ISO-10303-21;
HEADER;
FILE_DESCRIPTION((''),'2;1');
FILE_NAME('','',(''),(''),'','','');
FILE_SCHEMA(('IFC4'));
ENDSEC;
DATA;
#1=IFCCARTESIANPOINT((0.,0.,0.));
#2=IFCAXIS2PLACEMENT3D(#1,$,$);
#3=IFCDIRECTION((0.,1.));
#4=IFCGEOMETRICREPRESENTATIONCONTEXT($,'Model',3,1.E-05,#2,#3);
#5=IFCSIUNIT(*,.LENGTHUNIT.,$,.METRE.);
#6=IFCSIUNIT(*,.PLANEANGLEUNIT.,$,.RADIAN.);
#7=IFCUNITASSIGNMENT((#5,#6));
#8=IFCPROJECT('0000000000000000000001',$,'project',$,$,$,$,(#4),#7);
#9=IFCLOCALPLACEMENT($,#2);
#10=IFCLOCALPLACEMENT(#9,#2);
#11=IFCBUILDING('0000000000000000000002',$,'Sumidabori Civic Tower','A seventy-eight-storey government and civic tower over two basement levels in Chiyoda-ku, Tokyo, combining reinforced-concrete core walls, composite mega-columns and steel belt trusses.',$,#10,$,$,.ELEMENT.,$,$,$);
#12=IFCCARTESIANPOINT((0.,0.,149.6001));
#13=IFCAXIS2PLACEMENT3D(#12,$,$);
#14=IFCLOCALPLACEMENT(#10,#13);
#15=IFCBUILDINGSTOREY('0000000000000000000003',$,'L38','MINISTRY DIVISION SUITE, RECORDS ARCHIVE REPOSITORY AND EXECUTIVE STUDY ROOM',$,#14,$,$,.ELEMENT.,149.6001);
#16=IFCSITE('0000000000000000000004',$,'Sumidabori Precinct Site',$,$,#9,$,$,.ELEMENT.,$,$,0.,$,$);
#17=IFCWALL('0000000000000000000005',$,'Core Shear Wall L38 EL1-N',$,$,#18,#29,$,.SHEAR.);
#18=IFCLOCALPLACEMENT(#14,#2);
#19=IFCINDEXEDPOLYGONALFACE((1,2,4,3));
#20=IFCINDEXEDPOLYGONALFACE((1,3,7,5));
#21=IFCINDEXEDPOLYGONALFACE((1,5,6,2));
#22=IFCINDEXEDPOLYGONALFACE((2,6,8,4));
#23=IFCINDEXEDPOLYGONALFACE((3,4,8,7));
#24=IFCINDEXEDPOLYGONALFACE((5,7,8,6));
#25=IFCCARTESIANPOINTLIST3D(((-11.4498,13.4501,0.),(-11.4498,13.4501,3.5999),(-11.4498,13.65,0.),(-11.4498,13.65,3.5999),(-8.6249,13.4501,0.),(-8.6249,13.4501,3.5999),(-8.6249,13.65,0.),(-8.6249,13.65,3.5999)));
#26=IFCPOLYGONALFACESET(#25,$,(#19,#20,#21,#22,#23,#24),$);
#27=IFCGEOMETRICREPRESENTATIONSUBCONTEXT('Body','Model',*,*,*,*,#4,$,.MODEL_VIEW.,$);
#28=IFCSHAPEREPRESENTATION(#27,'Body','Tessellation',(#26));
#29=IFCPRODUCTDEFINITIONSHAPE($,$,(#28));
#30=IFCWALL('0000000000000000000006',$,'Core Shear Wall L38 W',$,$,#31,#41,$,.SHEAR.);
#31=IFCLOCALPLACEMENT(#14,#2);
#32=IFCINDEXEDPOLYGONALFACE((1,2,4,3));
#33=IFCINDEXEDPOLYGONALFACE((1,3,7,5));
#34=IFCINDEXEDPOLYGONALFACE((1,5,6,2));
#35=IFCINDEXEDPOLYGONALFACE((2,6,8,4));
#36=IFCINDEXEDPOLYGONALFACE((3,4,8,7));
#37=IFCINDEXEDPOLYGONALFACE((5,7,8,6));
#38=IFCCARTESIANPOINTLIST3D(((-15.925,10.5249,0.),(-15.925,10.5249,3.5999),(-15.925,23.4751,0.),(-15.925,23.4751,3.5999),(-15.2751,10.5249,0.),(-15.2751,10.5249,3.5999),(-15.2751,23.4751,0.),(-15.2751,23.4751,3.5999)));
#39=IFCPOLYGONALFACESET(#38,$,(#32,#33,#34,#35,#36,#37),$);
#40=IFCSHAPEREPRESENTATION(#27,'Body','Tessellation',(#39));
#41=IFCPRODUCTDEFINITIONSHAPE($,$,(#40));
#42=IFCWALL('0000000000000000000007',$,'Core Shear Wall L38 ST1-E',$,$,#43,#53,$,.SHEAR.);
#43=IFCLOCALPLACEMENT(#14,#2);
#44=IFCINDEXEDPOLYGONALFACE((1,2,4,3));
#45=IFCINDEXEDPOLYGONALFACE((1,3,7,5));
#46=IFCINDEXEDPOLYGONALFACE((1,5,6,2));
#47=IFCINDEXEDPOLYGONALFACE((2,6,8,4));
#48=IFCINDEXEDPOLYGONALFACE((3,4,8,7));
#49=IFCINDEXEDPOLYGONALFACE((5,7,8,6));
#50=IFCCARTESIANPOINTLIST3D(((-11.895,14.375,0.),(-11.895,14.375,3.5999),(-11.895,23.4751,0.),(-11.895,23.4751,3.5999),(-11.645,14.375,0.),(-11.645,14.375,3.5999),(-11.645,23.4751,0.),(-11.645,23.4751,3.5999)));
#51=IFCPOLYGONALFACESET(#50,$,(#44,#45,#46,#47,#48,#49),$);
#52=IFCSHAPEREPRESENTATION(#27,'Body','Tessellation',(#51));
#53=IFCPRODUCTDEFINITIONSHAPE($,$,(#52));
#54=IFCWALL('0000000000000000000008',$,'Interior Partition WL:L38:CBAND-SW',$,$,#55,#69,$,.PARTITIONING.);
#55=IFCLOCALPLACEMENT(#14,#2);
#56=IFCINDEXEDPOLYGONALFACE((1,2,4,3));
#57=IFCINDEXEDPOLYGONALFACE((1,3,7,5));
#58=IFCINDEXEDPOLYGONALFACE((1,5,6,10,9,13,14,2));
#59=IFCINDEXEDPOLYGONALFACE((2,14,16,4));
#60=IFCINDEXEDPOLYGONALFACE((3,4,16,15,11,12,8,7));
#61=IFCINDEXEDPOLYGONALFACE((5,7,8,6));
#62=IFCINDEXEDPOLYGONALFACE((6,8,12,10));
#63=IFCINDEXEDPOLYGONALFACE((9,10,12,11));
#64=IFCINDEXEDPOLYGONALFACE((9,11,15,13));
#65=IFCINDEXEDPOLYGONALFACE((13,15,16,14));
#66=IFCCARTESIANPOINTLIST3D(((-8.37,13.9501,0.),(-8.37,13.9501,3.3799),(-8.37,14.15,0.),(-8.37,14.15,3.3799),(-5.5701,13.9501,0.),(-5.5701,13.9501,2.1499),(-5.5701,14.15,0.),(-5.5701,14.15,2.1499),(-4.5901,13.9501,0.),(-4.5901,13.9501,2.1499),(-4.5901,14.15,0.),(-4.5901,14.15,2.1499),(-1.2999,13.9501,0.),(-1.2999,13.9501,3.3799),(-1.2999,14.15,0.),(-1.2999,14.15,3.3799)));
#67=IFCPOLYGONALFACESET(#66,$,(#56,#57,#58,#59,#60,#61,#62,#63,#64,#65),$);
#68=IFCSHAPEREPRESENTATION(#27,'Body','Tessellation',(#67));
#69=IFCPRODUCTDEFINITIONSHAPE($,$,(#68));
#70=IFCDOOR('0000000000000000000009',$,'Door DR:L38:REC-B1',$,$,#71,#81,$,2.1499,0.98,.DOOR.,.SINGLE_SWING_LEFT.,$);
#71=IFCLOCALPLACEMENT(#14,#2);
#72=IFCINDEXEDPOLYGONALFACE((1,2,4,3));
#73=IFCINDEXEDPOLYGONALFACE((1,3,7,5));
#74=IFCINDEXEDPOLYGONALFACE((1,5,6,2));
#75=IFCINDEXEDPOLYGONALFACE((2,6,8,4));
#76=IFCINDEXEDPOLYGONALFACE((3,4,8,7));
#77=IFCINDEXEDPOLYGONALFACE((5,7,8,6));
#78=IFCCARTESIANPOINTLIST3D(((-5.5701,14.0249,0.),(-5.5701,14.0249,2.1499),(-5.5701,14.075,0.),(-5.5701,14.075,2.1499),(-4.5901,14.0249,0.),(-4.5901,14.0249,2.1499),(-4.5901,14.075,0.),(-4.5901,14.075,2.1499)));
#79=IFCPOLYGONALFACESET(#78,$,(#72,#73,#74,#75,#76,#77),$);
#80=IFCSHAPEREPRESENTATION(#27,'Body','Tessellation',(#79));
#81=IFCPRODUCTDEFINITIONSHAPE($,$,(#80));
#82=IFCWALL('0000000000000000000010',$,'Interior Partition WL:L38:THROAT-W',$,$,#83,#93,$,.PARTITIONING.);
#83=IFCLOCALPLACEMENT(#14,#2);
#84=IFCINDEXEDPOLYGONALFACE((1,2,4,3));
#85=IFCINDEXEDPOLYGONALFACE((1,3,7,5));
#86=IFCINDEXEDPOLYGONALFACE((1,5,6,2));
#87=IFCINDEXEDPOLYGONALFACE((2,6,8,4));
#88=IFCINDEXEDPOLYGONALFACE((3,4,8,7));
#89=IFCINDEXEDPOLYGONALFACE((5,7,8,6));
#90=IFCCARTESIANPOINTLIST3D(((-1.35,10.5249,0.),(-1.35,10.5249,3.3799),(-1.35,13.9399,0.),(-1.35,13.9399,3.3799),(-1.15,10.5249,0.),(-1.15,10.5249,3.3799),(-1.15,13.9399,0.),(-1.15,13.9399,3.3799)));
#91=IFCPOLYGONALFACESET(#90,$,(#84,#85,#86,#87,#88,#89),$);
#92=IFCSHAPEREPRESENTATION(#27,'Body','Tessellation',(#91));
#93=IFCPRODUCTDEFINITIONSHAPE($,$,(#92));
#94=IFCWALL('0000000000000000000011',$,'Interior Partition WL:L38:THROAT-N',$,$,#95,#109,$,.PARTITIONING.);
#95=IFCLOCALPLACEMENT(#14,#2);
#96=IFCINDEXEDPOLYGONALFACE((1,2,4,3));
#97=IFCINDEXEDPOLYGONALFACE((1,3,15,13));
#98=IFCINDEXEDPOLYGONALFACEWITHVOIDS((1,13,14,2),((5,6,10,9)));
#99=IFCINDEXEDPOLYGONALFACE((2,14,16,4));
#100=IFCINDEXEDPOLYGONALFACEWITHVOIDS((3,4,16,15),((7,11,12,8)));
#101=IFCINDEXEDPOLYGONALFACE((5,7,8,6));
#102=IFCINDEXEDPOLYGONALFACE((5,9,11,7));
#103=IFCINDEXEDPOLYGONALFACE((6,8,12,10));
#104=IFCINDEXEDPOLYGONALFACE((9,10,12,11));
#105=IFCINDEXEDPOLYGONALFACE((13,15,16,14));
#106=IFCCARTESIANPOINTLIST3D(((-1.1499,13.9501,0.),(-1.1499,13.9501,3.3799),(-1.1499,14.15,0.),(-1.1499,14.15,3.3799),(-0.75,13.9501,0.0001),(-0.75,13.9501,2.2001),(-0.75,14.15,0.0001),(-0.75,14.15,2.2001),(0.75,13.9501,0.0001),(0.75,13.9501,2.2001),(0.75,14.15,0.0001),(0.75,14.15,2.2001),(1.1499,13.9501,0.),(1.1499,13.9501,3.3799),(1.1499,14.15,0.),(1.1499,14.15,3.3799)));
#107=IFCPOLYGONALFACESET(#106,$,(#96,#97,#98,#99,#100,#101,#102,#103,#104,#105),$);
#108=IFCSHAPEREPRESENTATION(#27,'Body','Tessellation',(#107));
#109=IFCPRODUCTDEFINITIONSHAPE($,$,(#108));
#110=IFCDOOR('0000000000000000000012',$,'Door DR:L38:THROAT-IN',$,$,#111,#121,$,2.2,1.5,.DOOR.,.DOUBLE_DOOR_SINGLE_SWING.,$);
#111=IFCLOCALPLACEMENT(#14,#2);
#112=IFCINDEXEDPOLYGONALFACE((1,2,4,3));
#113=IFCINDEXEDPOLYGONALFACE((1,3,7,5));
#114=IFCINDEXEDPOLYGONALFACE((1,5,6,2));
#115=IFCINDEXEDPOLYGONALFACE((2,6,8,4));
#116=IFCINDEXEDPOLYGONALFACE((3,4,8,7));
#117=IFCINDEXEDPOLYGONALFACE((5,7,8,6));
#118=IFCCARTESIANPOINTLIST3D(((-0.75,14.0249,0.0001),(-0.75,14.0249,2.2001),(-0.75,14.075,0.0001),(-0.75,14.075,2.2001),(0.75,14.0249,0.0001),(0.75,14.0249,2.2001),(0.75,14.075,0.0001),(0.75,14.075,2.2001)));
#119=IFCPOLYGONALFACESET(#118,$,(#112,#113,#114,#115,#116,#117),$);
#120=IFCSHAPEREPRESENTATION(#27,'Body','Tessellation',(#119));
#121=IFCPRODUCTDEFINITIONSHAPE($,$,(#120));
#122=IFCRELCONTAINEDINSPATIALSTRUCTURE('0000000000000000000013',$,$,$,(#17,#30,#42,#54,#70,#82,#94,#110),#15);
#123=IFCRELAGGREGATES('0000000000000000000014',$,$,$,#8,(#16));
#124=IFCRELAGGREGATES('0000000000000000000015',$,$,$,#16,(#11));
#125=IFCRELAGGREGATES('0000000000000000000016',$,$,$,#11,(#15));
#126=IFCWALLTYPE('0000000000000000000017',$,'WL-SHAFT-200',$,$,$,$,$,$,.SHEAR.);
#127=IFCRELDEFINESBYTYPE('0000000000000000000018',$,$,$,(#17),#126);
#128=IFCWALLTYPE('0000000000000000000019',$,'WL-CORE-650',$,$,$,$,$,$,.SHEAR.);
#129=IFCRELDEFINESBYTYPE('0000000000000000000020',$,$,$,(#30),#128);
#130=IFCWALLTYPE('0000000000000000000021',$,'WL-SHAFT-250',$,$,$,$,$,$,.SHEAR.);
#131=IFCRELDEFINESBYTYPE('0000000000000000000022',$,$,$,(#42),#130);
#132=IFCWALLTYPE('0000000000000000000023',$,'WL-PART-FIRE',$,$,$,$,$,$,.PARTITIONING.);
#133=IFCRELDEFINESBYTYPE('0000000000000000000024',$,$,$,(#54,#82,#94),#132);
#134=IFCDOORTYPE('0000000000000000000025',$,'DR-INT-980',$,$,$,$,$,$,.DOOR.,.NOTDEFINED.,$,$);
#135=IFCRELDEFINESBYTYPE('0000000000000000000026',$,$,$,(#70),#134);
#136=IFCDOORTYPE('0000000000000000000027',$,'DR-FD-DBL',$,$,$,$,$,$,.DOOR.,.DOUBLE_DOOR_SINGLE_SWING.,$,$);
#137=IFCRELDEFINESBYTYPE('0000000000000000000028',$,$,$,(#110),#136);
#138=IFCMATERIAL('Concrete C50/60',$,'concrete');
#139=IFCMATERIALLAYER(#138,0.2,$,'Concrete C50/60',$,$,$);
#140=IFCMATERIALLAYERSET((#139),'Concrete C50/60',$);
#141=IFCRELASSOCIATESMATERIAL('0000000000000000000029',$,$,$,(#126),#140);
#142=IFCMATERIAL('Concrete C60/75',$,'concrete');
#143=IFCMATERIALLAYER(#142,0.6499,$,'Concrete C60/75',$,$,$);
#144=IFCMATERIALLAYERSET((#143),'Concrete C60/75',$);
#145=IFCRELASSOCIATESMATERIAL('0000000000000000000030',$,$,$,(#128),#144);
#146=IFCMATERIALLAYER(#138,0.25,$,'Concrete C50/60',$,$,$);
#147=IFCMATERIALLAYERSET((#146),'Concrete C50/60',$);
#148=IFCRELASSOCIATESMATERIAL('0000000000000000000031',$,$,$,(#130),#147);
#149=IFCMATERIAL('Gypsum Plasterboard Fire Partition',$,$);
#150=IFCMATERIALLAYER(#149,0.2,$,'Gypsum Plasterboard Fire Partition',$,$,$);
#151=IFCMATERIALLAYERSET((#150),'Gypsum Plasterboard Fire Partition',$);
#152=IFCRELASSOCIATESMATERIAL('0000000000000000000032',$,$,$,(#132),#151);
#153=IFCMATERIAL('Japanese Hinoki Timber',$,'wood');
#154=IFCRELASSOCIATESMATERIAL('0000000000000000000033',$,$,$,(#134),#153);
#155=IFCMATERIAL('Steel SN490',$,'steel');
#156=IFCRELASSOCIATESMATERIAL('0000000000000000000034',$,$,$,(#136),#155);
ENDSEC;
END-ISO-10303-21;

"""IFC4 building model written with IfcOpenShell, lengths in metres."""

from ifc_helpers import new_model, si_unit, direction, frame, frame_2d, origin, place, context, subcontext, project, spatial, rectangle, extrude, source, transform, mapped, material, layer, layer_set, type_object, element, fill, save


model = new_model("IFC4")

# Units and contexts
model_context = context("Model", 3, precision=1e-05, world=origin(), true_north=direction((0.0, 1.0)))
body_context = subcontext(model_context, "Body", "Model", "MODEL_VIEW")
ifc_project = project(units=[si_unit("LENGTHUNIT", "METRE"), si_unit("PLANEANGLEUNIT", "RADIAN")], contexts=[model_context])

# Site, building, storey
site_placement = place(None, origin())
site = spatial("IfcSite", under=ifc_project, at=site_placement, Name="Sumidabori Precinct Site", CompositionType="ELEMENT", RefElevation=0.0)
building_placement = place(site_placement, origin())
building = spatial("IfcBuilding", under=site, at=building_placement, Name="Sumidabori Civic Tower", Description="A seventy-eight-storey government and civic tower over two basement levels in Chiyoda-ku, Tokyo, combining reinforced-concrete core walls, composite mega-columns and steel belt trusses.", CompositionType="ELEMENT")
storey_placement = place(building_placement, frame((0.0, 0.0, 149.6001)))
storey = spatial("IfcBuildingStorey", under=building, at=storey_placement, Name="L38", Description="MINISTRY DIVISION SUITE, RECORDS ARCHIVE REPOSITORY AND EXECUTIVE STUDY ROOM", CompositionType="ELEMENT", Elevation=149.6001)

# Walls
ifc_material_1 = material(Name="Concrete C50/60", Category="concrete")
ifc_layer_1 = layer(ifc_material_1, 0.2, Name="Concrete C50/60")
ifc_layer_set_1 = layer_set([ifc_layer_1], Name="Concrete C50/60")
wall_type_1 = type_object("IfcWallType", Name="WL-SHAFT-200", PredefinedType="SHEAR", material=ifc_layer_set_1)
shared_shape_1 = source(origin(), body_context, "Body", "SweptSolid", [
    extrude(rectangle(XDim=2.825, YDim=0.2, at=frame_2d((1.4126, 0.0))), origin(), (0.0, 0.0, 1.0), 3.5999),
])
wall_1_placement = place(storey_placement, frame((-11.45, 13.55, 0.0), z_axis=(0.0, 0.0, 1.0), x_axis=(1.0, 0.0, 0.0)))
element("IfcWall", 1, at=wall_1_placement, inside=storey, type_object=wall_type_1, Name="Core Shear Wall L38 EL1-N", PredefinedType="SHEAR", context=body_context, shape_type="MappedRepresentation", body=[
    mapped(shared_shape_1, transform((0.0, 0.0, 0.0), x_axis=(1.0, 0.0, 0.0), y_axis=(0.0, 1.0, 0.0), z_axis=(0.0, 0.0, 1.0), scale=1.0)),
])
ifc_material_2 = material(Name="Concrete C60/75", Category="concrete")
ifc_layer_2 = layer(ifc_material_2, 0.6499, Name="Concrete C60/75")
ifc_layer_set_2 = layer_set([ifc_layer_2], Name="Concrete C60/75")
wall_type_2 = type_object("IfcWallType", Name="WL-CORE-650", PredefinedType="SHEAR", material=ifc_layer_set_2)
shared_shape_2 = source(origin(), body_context, "Body", "SweptSolid", [
    extrude(rectangle(XDim=12.9502, YDim=0.6499, at=frame_2d((6.4751, 0.0))), origin(), (0.0, 0.0, 1.0), 3.5999),
])
wall_2_placement = place(storey_placement, frame((-15.6001, 10.5249, 0.0), z_axis=(0.0, 0.0, 1.0), x_axis=(0.0, 1.0, 0.0)))
element("IfcWall", 2, at=wall_2_placement, inside=storey, type_object=wall_type_2, Name="Core Shear Wall L38 W", PredefinedType="SHEAR", context=body_context, shape_type="MappedRepresentation", body=[
    mapped(shared_shape_2, transform((0.0, 0.0, 0.0), x_axis=(1.0, 0.0, 0.0), y_axis=(0.0, 1.0, 0.0), z_axis=(0.0, 0.0, 1.0), scale=1.0)),
])

# Shared definitions
ifc_layer_3 = layer(ifc_material_1, 0.25, Name="Concrete C50/60")
ifc_layer_set_3 = layer_set([ifc_layer_3], Name="Concrete C50/60")
wall_type_3 = type_object("IfcWallType", Name="WL-SHAFT-250", PredefinedType="SHEAR", material=ifc_layer_set_3)

# Shared definitions
ifc_material_3 = material(Name="Steel SN490", Category="steel")

# Wall
shared_shape_3 = source(origin(), body_context, "Body", "SweptSolid", [
    extrude(rectangle(XDim=9.1001, YDim=0.25, at=frame_2d((4.55, 0.0))), origin(), (0.0, 0.0, 1.0), 3.5999),
])
wall_3_placement = place(storey_placement, frame((-11.77, 14.375, 0.0), z_axis=(0.0, 0.0, 1.0), x_axis=(0.0, 1.0, 0.0)))
element("IfcWall", 3, at=wall_3_placement, inside=storey, type_object=wall_type_3, Name="Core Shear Wall L38 ST1-E", PredefinedType="SHEAR", context=body_context, shape_type="MappedRepresentation", body=[
    mapped(shared_shape_3, transform((0.0, 0.0, 0.0), x_axis=(1.0, 0.0, 0.0), y_axis=(0.0, 1.0, 0.0), z_axis=(0.0, 0.0, 1.0), scale=1.0)),
])

# Wall, opening, door
ifc_material_4 = material(Name="Gypsum Plasterboard Fire Partition")
ifc_layer_4 = layer(ifc_material_4, 0.2, Name="Gypsum Plasterboard Fire Partition")
ifc_layer_set_4 = layer_set([ifc_layer_4], Name="Gypsum Plasterboard Fire Partition")
wall_type_4 = type_object("IfcWallType", Name="WL-PART-FIRE", PredefinedType="PARTITIONING", material=ifc_layer_set_4)
shared_shape_4 = source(origin(), body_context, "Body", "SweptSolid", [
    extrude(rectangle(XDim=7.0701, YDim=0.2, at=frame_2d((3.5352, 0.0))), origin(), (0.0, 0.0, 1.0), 3.3799),
])
wall_4_placement = place(storey_placement, frame((-8.3701, 14.05, 0.0), z_axis=(0.0, 0.0, 1.0), x_axis=(1.0, 0.0, 0.0)))
wall_4 = element("IfcWall", 4, at=wall_4_placement, inside=storey, type_object=wall_type_4, Name="Interior Partition WL:L38:CBAND-SW", PredefinedType="PARTITIONING", context=body_context, shape_type="MappedRepresentation", body=[
    mapped(shared_shape_4, transform((0.0, 0.0, 0.0), x_axis=(1.0, 0.0, 0.0), y_axis=(0.0, 1.0, 0.0), z_axis=(0.0, 0.0, 1.0), scale=1.0)),
])
opening_1_placement = place(wall_4_placement, frame((2.8, 0.0, 0.0)))
opening_1 = element("IfcOpeningElement", 5, at=opening_1_placement, cuts=wall_4, PredefinedType="OPENING", context=body_context, shape_type="SweptSolid", body=[
    extrude(rectangle(XDim=0.98, YDim=2.1499, at=frame_2d((0.49, 1.075))), frame((0.0, 0.1118, 0.0), z_axis=(0.0, -1.0, 0.0), x_axis=(1.0, 0.0, 0.0)), (0.0, 0.0, 1.0), 0.2239),
])
ifc_material_5 = material(Name="Japanese Hinoki Timber", Category="wood")
door_type_1 = type_object("IfcDoorType", Name="DR-INT-980", OperationType="NOTDEFINED", PredefinedType="DOOR", material=ifc_material_5)
shared_shape_5 = source(origin(), body_context, "Body", "SweptSolid", [
    extrude(rectangle(XDim=0.98, YDim=2.1499, at=frame_2d((0.49, 1.075))), frame((0.0, 0.0249, 0.0), z_axis=(0.0, -1.0, 0.0), x_axis=(1.0, 0.0, 0.0)), (0.0, 0.0, 1.0), 0.05),
])
door_1_placement = place(opening_1_placement, origin())
door_1 = element("IfcDoor", 6, at=door_1_placement, inside=storey, type_object=door_type_1, Name="Door DR:L38:REC-B1", OperationType="SINGLE_SWING_LEFT", OverallHeight=2.1499, OverallWidth=0.98, PredefinedType="DOOR", context=body_context, shape_type="MappedRepresentation", body=[
    mapped(shared_shape_5, transform((0.0, 0.0, 0.0), x_axis=(1.0, 0.0, 0.0), y_axis=(0.0, 1.0, 0.0), z_axis=(0.0, 0.0, 1.0), scale=1.0)),
])
fill(opening_1, door_1)

# Wall
shared_shape_6 = source(origin(), body_context, "Body", "SweptSolid", [
    extrude(rectangle(XDim=3.415, YDim=0.2, at=frame_2d((1.7075, 0.0))), origin(), (0.0, 0.0, 1.0), 3.3799),
])
wall_5_placement = place(storey_placement, frame((-1.25, 10.5249, 0.0), z_axis=(0.0, 0.0, 1.0), x_axis=(0.0, 1.0, 0.0)))
element("IfcWall", 7, at=wall_5_placement, inside=storey, type_object=wall_type_4, Name="Interior Partition WL:L38:THROAT-W", PredefinedType="PARTITIONING", context=body_context, shape_type="MappedRepresentation", body=[
    mapped(shared_shape_6, transform((0.0, 0.0, 0.0), x_axis=(1.0, 0.0, 0.0), y_axis=(0.0, 1.0, 0.0), z_axis=(0.0, 0.0, 1.0), scale=1.0)),
])

# Wall, opening, door
shared_shape_7 = source(origin(), body_context, "Body", "SweptSolid", [
    extrude(rectangle(XDim=2.2998, YDim=0.2, at=frame_2d((1.1499, 0.0))), origin(), (0.0, 0.0, 1.0), 3.3799),
])
wall_6_placement = place(storey_placement, frame((-1.1499, 14.05, 0.0), z_axis=(0.0, 0.0, 1.0), x_axis=(1.0, 0.0, 0.0)))
wall_6 = element("IfcWall", 8, at=wall_6_placement, inside=storey, type_object=wall_type_4, Name="Interior Partition WL:L38:THROAT-N", PredefinedType="PARTITIONING", context=body_context, shape_type="MappedRepresentation", body=[
    mapped(shared_shape_7, transform((0.0, 0.0, 0.0), x_axis=(1.0, 0.0, 0.0), y_axis=(0.0, 1.0, 0.0), z_axis=(0.0, 0.0, 1.0), scale=1.0)),
])
opening_2_placement = place(wall_6_placement, frame((0.3999, 0.0, 0.0)))
opening_2 = element("IfcOpeningElement", 9, at=opening_2_placement, cuts=wall_6, PredefinedType="OPENING", context=body_context, shape_type="SweptSolid", body=[
    extrude(rectangle(XDim=1.5, YDim=2.2, at=frame_2d((0.75, 1.1001))), frame((0.0, 0.1118, 0.0), z_axis=(0.0, -1.0, 0.0), x_axis=(1.0, 0.0, 0.0)), (0.0, 0.0, 1.0), 0.2239),
])
door_type_2 = type_object("IfcDoorType", Name="DR-FD-DBL", OperationType="DOUBLE_DOOR_SINGLE_SWING", PredefinedType="DOOR", material=ifc_material_3)
shared_shape_8 = source(origin(), body_context, "Body", "SweptSolid", [
    extrude(rectangle(XDim=1.5, YDim=2.2, at=frame_2d((0.75, 1.1001))), frame((0.0, 0.0249, 0.0), z_axis=(0.0, -1.0, 0.0), x_axis=(1.0, 0.0, 0.0)), (0.0, 0.0, 1.0), 0.05),
])
door_2_placement = place(opening_2_placement, origin())
door_2 = element("IfcDoor", 10, at=door_2_placement, inside=storey, type_object=door_type_2, Name="Door DR:L38:THROAT-IN", OperationType="DOUBLE_DOOR_SINGLE_SWING", OverallHeight=2.2, OverallWidth=1.5, PredefinedType="DOOR", context=body_context, shape_type="MappedRepresentation", body=[
    mapped(shared_shape_8, transform((0.0, 0.0, 0.0), x_axis=(1.0, 0.0, 0.0), y_axis=(0.0, 1.0, 0.0), z_axis=(0.0, 0.0, 1.0), scale=1.0)),
])
fill(opening_2, door_2)

save(model, "model.ifc")
